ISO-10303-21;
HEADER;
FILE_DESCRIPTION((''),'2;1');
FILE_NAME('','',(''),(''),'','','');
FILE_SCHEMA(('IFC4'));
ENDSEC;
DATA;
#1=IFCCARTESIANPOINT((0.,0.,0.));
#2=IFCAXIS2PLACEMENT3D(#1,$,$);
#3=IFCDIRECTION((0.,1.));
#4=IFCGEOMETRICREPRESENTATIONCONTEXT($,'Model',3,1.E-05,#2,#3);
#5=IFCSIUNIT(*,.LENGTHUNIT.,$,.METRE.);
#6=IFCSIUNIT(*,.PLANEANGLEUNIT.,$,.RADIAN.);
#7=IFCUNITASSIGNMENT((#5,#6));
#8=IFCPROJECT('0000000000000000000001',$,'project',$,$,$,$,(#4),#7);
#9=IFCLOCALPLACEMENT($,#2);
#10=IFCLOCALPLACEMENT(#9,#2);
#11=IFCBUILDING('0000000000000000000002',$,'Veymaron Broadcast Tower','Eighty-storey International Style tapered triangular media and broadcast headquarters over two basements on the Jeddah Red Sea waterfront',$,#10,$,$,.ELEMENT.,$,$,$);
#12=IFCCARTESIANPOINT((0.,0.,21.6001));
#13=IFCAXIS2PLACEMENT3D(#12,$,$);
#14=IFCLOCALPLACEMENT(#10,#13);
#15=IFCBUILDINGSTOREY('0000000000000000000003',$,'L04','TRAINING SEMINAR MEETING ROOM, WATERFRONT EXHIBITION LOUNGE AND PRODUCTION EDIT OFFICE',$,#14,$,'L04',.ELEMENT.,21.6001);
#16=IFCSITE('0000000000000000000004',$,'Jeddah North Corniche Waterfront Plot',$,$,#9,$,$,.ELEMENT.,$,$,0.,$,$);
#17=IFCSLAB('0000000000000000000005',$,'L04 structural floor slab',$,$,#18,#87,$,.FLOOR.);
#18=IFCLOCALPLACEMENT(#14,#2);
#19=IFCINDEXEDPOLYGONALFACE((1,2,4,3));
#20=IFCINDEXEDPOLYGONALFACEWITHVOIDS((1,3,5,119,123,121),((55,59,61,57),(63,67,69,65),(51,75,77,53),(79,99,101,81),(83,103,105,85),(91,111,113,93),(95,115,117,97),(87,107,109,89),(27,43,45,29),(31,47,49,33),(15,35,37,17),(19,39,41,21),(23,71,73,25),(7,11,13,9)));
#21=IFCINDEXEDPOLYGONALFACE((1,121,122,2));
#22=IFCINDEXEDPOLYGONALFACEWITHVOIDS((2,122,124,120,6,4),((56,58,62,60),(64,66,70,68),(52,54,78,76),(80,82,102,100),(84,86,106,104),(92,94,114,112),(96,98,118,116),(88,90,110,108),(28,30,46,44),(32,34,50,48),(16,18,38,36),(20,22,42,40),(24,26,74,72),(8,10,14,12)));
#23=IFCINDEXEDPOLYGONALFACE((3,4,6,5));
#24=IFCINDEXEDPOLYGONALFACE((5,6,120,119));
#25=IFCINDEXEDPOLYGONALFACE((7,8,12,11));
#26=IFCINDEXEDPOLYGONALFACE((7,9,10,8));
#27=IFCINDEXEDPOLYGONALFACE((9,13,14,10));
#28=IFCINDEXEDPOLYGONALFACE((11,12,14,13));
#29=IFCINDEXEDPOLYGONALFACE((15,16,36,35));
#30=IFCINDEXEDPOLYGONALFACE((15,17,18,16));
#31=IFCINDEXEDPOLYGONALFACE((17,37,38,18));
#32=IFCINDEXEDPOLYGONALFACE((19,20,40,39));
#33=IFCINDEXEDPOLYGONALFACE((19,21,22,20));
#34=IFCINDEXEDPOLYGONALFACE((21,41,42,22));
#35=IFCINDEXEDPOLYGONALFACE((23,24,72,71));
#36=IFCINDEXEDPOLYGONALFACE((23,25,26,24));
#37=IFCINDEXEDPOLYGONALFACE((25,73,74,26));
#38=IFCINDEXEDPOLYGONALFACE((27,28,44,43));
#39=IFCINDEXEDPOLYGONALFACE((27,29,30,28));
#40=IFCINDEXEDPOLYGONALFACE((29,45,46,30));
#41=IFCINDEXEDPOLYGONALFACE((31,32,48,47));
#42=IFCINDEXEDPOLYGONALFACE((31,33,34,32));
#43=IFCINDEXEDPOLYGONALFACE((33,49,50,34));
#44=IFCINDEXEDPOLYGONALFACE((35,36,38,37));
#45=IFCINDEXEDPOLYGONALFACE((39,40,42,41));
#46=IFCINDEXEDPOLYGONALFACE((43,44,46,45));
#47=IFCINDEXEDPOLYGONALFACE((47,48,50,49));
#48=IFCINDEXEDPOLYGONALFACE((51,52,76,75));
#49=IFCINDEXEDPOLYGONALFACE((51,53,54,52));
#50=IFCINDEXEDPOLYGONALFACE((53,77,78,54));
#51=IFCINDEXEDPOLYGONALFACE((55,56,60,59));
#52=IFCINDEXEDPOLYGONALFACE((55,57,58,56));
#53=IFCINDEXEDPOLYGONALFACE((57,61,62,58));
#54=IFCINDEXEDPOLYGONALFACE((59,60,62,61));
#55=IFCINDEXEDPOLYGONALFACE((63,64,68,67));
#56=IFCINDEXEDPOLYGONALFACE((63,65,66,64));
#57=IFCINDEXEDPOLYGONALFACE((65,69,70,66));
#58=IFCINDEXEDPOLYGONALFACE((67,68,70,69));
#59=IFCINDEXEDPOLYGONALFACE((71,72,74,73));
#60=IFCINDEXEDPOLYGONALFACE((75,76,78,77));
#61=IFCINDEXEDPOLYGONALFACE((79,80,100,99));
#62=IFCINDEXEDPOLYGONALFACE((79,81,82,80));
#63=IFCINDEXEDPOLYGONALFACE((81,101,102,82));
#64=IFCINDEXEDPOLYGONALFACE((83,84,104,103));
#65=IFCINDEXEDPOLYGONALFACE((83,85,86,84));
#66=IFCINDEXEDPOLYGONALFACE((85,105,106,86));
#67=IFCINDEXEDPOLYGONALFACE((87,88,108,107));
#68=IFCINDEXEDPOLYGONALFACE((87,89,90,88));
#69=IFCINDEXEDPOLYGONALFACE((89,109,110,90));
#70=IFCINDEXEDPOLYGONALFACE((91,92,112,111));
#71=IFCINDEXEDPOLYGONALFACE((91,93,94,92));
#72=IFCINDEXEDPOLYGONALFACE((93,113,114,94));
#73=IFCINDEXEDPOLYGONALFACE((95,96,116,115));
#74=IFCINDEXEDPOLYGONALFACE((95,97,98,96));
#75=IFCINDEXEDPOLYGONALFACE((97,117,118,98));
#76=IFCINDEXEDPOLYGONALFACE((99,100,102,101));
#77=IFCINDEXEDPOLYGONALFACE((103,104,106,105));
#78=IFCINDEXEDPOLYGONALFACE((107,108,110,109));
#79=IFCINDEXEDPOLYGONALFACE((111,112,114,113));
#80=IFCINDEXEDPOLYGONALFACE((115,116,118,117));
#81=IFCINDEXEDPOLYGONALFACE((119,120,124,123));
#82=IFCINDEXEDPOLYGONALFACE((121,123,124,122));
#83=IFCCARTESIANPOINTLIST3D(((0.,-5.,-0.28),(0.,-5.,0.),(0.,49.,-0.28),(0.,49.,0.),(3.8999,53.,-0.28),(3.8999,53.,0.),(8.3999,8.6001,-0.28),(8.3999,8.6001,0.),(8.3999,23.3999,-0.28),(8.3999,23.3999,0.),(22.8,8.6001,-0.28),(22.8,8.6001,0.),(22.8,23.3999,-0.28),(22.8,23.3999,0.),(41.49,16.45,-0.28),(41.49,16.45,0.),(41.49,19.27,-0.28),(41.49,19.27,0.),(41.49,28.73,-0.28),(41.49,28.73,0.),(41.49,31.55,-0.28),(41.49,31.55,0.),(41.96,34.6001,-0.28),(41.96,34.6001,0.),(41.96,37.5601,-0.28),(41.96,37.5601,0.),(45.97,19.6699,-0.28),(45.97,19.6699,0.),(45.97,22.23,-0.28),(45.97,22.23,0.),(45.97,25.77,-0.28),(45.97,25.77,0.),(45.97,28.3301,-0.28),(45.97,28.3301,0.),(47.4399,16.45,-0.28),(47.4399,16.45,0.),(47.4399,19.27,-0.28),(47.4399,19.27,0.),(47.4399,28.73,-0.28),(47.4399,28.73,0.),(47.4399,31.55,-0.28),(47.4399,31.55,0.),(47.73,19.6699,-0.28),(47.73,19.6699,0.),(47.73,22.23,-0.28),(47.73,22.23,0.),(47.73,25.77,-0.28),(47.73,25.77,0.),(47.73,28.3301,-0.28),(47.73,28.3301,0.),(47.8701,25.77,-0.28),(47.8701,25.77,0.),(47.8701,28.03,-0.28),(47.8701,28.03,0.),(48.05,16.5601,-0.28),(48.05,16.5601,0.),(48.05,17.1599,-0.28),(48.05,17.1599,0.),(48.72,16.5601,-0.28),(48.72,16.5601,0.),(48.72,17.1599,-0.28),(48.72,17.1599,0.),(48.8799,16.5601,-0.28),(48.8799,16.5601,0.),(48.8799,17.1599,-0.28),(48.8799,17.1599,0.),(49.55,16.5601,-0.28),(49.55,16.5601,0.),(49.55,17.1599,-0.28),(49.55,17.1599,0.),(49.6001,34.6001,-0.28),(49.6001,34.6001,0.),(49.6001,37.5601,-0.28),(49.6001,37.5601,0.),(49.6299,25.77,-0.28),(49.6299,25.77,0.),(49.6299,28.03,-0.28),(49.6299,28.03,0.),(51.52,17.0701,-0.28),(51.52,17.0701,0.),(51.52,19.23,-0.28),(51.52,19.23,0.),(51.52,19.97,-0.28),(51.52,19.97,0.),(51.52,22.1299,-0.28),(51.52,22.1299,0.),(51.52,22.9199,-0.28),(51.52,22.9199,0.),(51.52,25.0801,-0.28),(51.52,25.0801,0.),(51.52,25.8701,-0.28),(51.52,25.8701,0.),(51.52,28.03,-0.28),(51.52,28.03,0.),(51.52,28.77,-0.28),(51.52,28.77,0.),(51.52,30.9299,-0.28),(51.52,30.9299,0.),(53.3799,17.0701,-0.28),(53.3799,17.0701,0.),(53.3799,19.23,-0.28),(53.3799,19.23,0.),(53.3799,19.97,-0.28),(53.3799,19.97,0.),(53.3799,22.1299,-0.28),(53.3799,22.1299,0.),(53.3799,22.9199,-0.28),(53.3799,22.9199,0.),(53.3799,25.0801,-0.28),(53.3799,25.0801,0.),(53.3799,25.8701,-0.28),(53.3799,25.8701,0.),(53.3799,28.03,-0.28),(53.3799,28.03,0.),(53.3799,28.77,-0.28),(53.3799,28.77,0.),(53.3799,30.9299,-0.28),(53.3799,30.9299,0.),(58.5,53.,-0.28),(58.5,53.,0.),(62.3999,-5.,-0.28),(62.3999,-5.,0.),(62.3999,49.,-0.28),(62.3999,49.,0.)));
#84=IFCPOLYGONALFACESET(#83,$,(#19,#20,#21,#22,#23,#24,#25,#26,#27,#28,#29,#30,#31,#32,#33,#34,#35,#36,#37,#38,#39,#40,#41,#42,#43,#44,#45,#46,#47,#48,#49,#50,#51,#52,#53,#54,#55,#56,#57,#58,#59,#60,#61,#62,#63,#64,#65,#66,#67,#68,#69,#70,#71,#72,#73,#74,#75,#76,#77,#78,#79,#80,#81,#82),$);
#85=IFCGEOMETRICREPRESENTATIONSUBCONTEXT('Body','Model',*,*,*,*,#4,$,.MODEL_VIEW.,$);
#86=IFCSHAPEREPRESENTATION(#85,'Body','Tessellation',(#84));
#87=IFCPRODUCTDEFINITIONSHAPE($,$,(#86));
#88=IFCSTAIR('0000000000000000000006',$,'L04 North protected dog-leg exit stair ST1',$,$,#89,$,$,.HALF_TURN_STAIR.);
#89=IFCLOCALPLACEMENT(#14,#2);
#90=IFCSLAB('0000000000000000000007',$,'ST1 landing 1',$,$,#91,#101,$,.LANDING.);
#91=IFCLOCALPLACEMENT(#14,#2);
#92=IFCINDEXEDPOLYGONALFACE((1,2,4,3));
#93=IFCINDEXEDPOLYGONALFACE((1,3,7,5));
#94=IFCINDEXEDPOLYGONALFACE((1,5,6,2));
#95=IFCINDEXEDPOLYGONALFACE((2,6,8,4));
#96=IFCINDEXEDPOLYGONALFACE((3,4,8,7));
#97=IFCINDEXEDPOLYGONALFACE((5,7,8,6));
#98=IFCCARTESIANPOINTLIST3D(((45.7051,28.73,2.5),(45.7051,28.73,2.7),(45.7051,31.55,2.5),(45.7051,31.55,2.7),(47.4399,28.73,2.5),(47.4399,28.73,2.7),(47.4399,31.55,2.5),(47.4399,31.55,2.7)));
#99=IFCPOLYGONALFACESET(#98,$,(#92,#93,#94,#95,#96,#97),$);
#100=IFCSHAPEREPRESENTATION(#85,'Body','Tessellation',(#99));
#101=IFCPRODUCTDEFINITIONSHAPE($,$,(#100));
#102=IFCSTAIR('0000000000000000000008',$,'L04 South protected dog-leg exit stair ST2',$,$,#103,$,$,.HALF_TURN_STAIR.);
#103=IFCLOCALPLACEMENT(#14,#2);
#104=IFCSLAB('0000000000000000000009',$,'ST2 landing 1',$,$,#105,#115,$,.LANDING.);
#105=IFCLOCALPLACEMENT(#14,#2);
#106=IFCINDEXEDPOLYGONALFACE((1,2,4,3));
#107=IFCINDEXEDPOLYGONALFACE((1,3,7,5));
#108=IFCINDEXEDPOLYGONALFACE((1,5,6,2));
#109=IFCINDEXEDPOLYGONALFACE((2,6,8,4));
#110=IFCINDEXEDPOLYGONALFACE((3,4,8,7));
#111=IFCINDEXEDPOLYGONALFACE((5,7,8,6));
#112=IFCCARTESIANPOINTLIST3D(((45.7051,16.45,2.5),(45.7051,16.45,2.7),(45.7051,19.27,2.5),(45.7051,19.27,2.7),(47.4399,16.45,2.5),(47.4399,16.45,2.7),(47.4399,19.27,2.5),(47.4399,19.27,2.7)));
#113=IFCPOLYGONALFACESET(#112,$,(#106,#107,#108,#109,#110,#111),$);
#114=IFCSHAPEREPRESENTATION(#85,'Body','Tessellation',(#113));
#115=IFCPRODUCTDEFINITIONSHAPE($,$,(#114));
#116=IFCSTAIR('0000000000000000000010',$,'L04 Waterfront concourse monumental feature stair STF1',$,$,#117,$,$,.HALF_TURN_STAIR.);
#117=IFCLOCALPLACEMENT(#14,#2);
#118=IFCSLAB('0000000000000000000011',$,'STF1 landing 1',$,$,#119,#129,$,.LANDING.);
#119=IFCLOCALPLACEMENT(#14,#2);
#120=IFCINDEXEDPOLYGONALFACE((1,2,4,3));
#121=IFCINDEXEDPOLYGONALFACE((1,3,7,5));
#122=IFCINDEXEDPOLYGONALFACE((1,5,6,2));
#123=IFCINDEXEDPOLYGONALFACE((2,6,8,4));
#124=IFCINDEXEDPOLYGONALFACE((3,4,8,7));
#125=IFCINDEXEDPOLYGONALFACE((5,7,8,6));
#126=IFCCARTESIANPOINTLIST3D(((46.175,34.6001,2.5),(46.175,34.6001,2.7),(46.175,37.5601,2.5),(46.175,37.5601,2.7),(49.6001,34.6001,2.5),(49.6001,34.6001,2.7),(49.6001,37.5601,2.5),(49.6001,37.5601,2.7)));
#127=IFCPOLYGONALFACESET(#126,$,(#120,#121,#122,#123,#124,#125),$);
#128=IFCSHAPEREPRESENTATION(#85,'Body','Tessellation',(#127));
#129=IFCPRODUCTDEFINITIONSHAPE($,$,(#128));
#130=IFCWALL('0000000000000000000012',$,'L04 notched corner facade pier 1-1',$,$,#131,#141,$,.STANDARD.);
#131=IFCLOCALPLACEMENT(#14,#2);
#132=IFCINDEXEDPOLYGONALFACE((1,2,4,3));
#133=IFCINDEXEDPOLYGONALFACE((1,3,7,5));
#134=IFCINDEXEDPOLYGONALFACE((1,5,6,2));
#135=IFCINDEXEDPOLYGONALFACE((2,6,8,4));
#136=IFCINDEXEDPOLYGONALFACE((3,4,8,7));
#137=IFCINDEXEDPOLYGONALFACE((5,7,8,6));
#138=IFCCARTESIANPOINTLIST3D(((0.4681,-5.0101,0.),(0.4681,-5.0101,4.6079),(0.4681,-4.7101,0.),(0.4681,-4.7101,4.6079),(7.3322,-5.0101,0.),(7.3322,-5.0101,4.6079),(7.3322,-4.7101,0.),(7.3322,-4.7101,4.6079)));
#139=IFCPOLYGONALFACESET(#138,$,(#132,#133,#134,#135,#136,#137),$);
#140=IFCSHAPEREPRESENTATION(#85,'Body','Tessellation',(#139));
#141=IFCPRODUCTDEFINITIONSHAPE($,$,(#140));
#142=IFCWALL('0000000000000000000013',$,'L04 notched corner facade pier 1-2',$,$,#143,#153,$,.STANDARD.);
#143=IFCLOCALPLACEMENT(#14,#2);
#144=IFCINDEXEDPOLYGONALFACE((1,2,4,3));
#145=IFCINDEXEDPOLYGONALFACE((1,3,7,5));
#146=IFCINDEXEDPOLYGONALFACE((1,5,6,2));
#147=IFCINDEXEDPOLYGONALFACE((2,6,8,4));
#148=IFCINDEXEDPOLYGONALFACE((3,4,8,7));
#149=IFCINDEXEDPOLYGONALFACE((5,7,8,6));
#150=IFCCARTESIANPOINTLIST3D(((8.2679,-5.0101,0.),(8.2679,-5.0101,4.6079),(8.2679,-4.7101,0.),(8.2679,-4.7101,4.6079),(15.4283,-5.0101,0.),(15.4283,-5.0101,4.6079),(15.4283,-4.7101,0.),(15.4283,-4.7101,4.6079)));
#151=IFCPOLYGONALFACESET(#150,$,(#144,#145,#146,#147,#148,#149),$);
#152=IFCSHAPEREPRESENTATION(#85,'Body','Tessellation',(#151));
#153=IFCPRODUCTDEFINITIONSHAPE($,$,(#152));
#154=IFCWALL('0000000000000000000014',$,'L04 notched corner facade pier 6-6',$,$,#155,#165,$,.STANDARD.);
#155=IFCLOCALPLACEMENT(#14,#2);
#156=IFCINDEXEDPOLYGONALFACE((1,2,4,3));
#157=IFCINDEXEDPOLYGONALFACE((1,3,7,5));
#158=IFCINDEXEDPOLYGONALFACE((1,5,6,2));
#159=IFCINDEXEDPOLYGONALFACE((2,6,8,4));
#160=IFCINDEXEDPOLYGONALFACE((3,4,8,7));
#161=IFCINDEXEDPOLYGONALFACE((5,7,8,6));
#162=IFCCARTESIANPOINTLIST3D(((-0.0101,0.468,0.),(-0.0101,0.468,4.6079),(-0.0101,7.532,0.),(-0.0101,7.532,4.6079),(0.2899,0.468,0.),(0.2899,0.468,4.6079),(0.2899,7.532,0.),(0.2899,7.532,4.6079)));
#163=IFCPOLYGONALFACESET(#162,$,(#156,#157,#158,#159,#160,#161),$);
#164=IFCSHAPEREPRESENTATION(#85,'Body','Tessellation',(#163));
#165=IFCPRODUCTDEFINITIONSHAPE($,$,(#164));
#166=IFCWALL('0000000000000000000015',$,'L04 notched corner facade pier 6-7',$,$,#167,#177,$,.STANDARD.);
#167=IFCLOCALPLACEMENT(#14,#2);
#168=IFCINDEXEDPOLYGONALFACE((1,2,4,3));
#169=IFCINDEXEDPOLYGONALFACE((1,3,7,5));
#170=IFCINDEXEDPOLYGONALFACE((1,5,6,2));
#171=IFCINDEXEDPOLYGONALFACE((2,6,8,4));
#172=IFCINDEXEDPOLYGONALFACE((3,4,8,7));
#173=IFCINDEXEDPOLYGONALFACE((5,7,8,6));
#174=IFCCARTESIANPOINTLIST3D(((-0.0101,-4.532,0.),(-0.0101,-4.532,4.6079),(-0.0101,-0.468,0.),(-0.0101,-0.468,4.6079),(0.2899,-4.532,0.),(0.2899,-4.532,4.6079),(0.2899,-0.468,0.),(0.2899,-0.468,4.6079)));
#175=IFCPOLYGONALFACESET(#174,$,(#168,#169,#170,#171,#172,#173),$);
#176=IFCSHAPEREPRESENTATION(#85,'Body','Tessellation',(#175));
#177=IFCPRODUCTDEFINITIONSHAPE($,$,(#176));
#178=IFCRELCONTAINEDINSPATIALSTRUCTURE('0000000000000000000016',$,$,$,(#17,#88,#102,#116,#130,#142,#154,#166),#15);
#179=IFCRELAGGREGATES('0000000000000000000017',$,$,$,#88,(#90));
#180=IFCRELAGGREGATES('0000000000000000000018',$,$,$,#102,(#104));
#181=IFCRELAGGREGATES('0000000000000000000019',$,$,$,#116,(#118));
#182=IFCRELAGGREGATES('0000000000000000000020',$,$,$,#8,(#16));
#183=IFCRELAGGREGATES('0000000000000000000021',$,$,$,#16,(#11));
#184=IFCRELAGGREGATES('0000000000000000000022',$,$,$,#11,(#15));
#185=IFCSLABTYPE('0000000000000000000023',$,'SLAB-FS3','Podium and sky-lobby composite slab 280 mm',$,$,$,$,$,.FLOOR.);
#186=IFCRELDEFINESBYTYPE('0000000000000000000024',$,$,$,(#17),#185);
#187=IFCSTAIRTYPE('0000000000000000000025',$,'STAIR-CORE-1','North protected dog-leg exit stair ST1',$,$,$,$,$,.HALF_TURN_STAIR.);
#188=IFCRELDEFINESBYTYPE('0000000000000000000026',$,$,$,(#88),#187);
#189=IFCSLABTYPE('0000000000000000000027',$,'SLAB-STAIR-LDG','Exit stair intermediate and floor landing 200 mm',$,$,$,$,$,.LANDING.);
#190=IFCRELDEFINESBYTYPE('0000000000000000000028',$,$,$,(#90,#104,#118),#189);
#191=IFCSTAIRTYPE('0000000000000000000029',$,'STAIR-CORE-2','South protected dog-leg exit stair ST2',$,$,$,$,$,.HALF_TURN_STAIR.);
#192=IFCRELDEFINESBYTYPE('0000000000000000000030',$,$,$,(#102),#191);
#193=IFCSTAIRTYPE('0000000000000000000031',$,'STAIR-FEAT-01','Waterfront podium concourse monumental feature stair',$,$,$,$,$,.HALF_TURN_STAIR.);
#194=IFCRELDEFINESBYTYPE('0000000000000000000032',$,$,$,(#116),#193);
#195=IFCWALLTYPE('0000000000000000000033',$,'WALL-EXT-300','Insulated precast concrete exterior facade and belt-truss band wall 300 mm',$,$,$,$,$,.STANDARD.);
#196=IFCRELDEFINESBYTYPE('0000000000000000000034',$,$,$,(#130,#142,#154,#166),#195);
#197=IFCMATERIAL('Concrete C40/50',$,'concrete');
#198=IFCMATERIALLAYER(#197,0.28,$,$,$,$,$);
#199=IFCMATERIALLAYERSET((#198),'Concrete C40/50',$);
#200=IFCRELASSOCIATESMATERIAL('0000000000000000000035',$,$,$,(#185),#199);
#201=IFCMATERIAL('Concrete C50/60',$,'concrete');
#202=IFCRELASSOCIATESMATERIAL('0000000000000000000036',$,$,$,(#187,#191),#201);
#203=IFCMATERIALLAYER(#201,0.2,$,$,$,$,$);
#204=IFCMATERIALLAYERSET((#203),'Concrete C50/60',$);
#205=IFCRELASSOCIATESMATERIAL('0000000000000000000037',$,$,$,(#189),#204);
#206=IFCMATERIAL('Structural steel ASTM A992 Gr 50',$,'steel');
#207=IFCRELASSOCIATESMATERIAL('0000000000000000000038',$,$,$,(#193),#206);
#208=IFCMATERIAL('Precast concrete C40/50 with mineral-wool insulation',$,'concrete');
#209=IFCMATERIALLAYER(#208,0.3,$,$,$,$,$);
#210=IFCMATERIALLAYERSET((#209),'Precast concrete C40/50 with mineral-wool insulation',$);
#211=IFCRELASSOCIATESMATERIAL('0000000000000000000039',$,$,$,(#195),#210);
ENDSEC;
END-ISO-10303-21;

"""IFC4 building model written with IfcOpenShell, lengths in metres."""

from ifc_helpers import new_model, si_unit, direction, frame, frame_2d, origin, place, context, subcontext, project, spatial, polyline, rectangle, outline, extrude, material, layer, layer_set, type_object, element, aggregate, save


model = new_model("IFC4")

# Units and contexts
model_context = context("Model", 3, precision=1e-05, world=origin(), true_north=direction((0.0, 1.0)))
body_context = subcontext(model_context, "Body", "Model", "MODEL_VIEW")
ifc_project = project(units=[si_unit("LENGTHUNIT", "METRE"), si_unit("PLANEANGLEUNIT", "RADIAN")], contexts=[model_context])

# Site, building, storey
site_placement = place(None, origin())
site = spatial("IfcSite", under=ifc_project, at=site_placement, Name="Jeddah North Corniche Waterfront Plot", CompositionType="ELEMENT", RefElevation=0.0)
building_placement = place(site_placement, origin())
building = spatial("IfcBuilding", under=site, at=building_placement, Name="Veymaron Broadcast Tower", Description="Eighty-storey International Style tapered triangular media and broadcast headquarters over two basements on the Jeddah Red Sea waterfront", CompositionType="ELEMENT")
storey_placement = place(building_placement, frame((0.0, 0.0, 21.6001)))
storey = spatial("IfcBuildingStorey", under=building, at=storey_placement, Name="L04", Description="TRAINING SEMINAR MEETING ROOM, WATERFRONT EXHIBITION LOUNGE AND PRODUCTION EDIT OFFICE", LongName="L04", CompositionType="ELEMENT", Elevation=21.6001)

# Shared definitions
ifc_material_1 = material(Name="Concrete C50/60", Category="concrete")
ifc_material_2 = material(Name="Structural steel ASTM A992 Gr 50", Category="steel")

# Slab
ifc_material_3 = material(Name="Concrete C40/50", Category="concrete")
ifc_layer_1 = layer(ifc_material_3, 0.28)
ifc_layer_set_1 = layer_set([ifc_layer_1], Name="Concrete C40/50")
slab_type_1 = type_object("IfcSlabType", Name="SLAB-FS3", Description="Podium and sky-lobby composite slab 280 mm", PredefinedType="FLOOR", material=ifc_layer_set_1)
slab_1_placement = place(storey_placement, frame((0.0, 0.0, -0.28)))
element("IfcSlab", 1, at=slab_1_placement, inside=storey, type_object=slab_type_1, Name="L04 structural floor slab", PredefinedType="FLOOR", context=body_context, shape_type="SweptSolid", body=[
    extrude(outline(polyline([(0.0, -5.0), (62.3999, -5.0), (62.3999, 49.0), (58.5, 53.0), (3.8999, 53.0), (0.0, 49.0), (0.0, -5.0)]), holes=[polyline([(45.97, 28.3301), (47.73, 28.3301), (47.73, 25.77), (45.97, 25.77), (45.97, 28.3301)]), polyline([(45.97, 22.23), (47.73, 22.23), (47.73, 19.6699), (45.97, 19.6699), (45.97, 22.23)]), polyline([(47.8701, 28.03), (49.6299, 28.03), (49.6299, 25.77), (47.8701, 25.77), (47.8701, 28.03)]), polyline([(51.52, 30.9299), (53.3799, 30.9299), (53.3799, 28.77), (51.52, 28.77), (51.52, 30.9299)]), polyline([(51.52, 28.03), (53.3799, 28.03), (53.3799, 25.8701), (51.52, 25.8701), (51.52, 28.03)]), polyline([(51.52, 22.1299), (53.3799, 22.1299), (53.3799, 19.97), (51.52, 19.97), (51.52, 22.1299)]), polyline([(51.52, 25.0801), (53.3799, 25.0801), (53.3799, 22.9199), (51.52, 22.9199), (51.52, 25.0801)]), polyline([(51.52, 19.23), (53.3799, 19.23), (53.3799, 17.0701), (51.52, 17.0701), (51.52, 19.23)]), polyline([(8.3999, 23.3999), (22.8, 23.3999), (22.8, 8.6001), (8.3999, 8.6001), (8.3999, 23.3999)]), polyline([(48.05, 17.1599), (48.72, 17.1599), (48.72, 16.5601), (48.05, 16.5601), (48.05, 17.1599)]), polyline([(48.8799, 17.1599), (49.55, 17.1599), (49.55, 16.5601), (48.8799, 16.5601), (48.8799, 17.1599)]), polyline([(41.49, 31.55), (47.4399, 31.55), (47.4399, 28.73), (41.49, 28.73), (41.49, 31.55)]), polyline([(41.49, 19.27), (47.4399, 19.27), (47.4399, 16.45), (41.49, 16.45), (41.49, 19.27)]), polyline([(41.96, 37.5601), (49.6001, 37.5601), (49.6001, 34.6001), (41.96, 34.6001), (41.96, 37.5601)])]), origin(), (0.0, 0.0, 1.0), 0.28),
])

# Stairs, slabs
stair_type_1 = type_object("IfcStairType", Name="STAIR-CORE-1", Description="North protected dog-leg exit stair ST1", PredefinedType="HALF_TURN_STAIR", material=ifc_material_1)
stair_1_placement = place(storey_placement, origin())
stair_1 = element("IfcStair", 2, at=stair_1_placement, inside=storey, type_object=stair_type_1, Name="L04 North protected dog-leg exit stair ST1", PredefinedType="HALF_TURN_STAIR")
ifc_layer_2 = layer(ifc_material_1, 0.2)
ifc_layer_set_2 = layer_set([ifc_layer_2], Name="Concrete C50/60")
slab_type_2 = type_object("IfcSlabType", Name="SLAB-STAIR-LDG", Description="Exit stair intermediate and floor landing 200 mm", PredefinedType="LANDING", material=ifc_layer_set_2)
slab_2_placement = place(storey_placement, frame((0.0, 0.0, 2.5)))
slab_2 = element("IfcSlab", 3, at=slab_2_placement, type_object=slab_type_2, Name="ST1 landing 1", PredefinedType="LANDING", context=body_context, shape_type="SweptSolid", body=[
    extrude(outline(polyline([(45.7051, 28.73), (47.4399, 28.73), (47.4399, 31.55), (45.7051, 31.55), (45.7051, 28.73)])), origin(), (0.0, 0.0, 1.0), 0.2),
])
aggregate(stair_1, [slab_2])
stair_type_2 = type_object("IfcStairType", Name="STAIR-CORE-2", Description="South protected dog-leg exit stair ST2", PredefinedType="HALF_TURN_STAIR", material=ifc_material_1)
stair_2_placement = place(storey_placement, origin())
stair_2 = element("IfcStair", 4, at=stair_2_placement, inside=storey, type_object=stair_type_2, Name="L04 South protected dog-leg exit stair ST2", PredefinedType="HALF_TURN_STAIR")
slab_3_placement = place(storey_placement, frame((0.0, 0.0, 2.5)))
slab_3 = element("IfcSlab", 5, at=slab_3_placement, type_object=slab_type_2, Name="ST2 landing 1", PredefinedType="LANDING", context=body_context, shape_type="SweptSolid", body=[
    extrude(outline(polyline([(45.7051, 16.45), (47.4399, 16.45), (47.4399, 19.27), (45.7051, 19.27), (45.7051, 16.45)])), origin(), (0.0, 0.0, 1.0), 0.2),
])
aggregate(stair_2, [slab_3])
stair_type_3 = type_object("IfcStairType", Name="STAIR-FEAT-01", Description="Waterfront podium concourse monumental feature stair", PredefinedType="HALF_TURN_STAIR", material=ifc_material_2)
stair_3_placement = place(storey_placement, origin())
stair_3 = element("IfcStair", 6, at=stair_3_placement, inside=storey, type_object=stair_type_3, Name="L04 Waterfront concourse monumental feature stair STF1", PredefinedType="HALF_TURN_STAIR")
slab_4_placement = place(storey_placement, frame((0.0, 0.0, 2.5)))
slab_4 = element("IfcSlab", 7, at=slab_4_placement, type_object=slab_type_2, Name="STF1 landing 1", PredefinedType="LANDING", context=body_context, shape_type="SweptSolid", body=[
    extrude(outline(polyline([(46.175, 34.6001), (49.6001, 34.6001), (49.6001, 37.5601), (46.175, 37.5601), (46.175, 34.6001)])), origin(), (0.0, 0.0, 1.0), 0.2),
])
aggregate(stair_3, [slab_4])

# Walls
ifc_material_4 = material(Name="Precast concrete C40/50 with mineral-wool insulation", Category="concrete")
ifc_layer_3 = layer(ifc_material_4, 0.3)
ifc_layer_set_3 = layer_set([ifc_layer_3], Name="Precast concrete C40/50 with mineral-wool insulation")
wall_type = type_object("IfcWallType", Name="WALL-EXT-300", Description="Insulated precast concrete exterior facade and belt-truss band wall 300 mm", PredefinedType="STANDARD", material=ifc_layer_set_3)
wall_1_placement = place(storey_placement, frame((0.468, -4.8601, 0.0), z_axis=(0.0, 0.0, 1.0), x_axis=(1.0, 0.0, 0.0)))
element("IfcWall", 8, at=wall_1_placement, inside=storey, type_object=wall_type, Name="L04 notched corner facade pier 1-1", PredefinedType="STANDARD", context=body_context, shape_type="SweptSolid", body=[
    extrude(rectangle(XDim=6.864, YDim=0.3, at=frame_2d((3.4321, 0.0))), origin(), (0.0, 0.0, 1.0), 4.6079),
])
wall_2_placement = place(storey_placement, frame((8.2681, -4.8601, 0.0), z_axis=(0.0, 0.0, 1.0), x_axis=(1.0, 0.0, 0.0)))
element("IfcWall", 9, at=wall_2_placement, inside=storey, type_object=wall_type, Name="L04 notched corner facade pier 1-2", PredefinedType="STANDARD", context=body_context, shape_type="SweptSolid", body=[
    extrude(rectangle(XDim=7.1604, YDim=0.3, at=frame_2d((3.5801, 0.0))), origin(), (0.0, 0.0, 1.0), 4.6079),
])
wall_3_placement = place(storey_placement, frame((0.1399, 7.532, 0.0), z_axis=(0.0, 0.0, 1.0), x_axis=(0.0, -1.0, 0.0)))
element("IfcWall", 10, at=wall_3_placement, inside=storey, type_object=wall_type, Name="L04 notched corner facade pier 6-6", PredefinedType="STANDARD", context=body_context, shape_type="SweptSolid", body=[
    extrude(rectangle(XDim=7.064, YDim=0.3, at=frame_2d((3.532, 0.0))), origin(), (0.0, 0.0, 1.0), 4.6079),
])
wall_4_placement = place(storey_placement, frame((0.1399, -0.468, 0.0), z_axis=(0.0, 0.0, 1.0), x_axis=(0.0, -1.0, 0.0)))
element("IfcWall", 11, at=wall_4_placement, inside=storey, type_object=wall_type, Name="L04 notched corner facade pier 6-7", PredefinedType="STANDARD", context=body_context, shape_type="SweptSolid", body=[
    extrude(rectangle(XDim=4.064, YDim=0.3, at=frame_2d((2.032, 0.0))), origin(), (0.0, 0.0, 1.0), 4.6079),
])

save(model, "model.ifc")
